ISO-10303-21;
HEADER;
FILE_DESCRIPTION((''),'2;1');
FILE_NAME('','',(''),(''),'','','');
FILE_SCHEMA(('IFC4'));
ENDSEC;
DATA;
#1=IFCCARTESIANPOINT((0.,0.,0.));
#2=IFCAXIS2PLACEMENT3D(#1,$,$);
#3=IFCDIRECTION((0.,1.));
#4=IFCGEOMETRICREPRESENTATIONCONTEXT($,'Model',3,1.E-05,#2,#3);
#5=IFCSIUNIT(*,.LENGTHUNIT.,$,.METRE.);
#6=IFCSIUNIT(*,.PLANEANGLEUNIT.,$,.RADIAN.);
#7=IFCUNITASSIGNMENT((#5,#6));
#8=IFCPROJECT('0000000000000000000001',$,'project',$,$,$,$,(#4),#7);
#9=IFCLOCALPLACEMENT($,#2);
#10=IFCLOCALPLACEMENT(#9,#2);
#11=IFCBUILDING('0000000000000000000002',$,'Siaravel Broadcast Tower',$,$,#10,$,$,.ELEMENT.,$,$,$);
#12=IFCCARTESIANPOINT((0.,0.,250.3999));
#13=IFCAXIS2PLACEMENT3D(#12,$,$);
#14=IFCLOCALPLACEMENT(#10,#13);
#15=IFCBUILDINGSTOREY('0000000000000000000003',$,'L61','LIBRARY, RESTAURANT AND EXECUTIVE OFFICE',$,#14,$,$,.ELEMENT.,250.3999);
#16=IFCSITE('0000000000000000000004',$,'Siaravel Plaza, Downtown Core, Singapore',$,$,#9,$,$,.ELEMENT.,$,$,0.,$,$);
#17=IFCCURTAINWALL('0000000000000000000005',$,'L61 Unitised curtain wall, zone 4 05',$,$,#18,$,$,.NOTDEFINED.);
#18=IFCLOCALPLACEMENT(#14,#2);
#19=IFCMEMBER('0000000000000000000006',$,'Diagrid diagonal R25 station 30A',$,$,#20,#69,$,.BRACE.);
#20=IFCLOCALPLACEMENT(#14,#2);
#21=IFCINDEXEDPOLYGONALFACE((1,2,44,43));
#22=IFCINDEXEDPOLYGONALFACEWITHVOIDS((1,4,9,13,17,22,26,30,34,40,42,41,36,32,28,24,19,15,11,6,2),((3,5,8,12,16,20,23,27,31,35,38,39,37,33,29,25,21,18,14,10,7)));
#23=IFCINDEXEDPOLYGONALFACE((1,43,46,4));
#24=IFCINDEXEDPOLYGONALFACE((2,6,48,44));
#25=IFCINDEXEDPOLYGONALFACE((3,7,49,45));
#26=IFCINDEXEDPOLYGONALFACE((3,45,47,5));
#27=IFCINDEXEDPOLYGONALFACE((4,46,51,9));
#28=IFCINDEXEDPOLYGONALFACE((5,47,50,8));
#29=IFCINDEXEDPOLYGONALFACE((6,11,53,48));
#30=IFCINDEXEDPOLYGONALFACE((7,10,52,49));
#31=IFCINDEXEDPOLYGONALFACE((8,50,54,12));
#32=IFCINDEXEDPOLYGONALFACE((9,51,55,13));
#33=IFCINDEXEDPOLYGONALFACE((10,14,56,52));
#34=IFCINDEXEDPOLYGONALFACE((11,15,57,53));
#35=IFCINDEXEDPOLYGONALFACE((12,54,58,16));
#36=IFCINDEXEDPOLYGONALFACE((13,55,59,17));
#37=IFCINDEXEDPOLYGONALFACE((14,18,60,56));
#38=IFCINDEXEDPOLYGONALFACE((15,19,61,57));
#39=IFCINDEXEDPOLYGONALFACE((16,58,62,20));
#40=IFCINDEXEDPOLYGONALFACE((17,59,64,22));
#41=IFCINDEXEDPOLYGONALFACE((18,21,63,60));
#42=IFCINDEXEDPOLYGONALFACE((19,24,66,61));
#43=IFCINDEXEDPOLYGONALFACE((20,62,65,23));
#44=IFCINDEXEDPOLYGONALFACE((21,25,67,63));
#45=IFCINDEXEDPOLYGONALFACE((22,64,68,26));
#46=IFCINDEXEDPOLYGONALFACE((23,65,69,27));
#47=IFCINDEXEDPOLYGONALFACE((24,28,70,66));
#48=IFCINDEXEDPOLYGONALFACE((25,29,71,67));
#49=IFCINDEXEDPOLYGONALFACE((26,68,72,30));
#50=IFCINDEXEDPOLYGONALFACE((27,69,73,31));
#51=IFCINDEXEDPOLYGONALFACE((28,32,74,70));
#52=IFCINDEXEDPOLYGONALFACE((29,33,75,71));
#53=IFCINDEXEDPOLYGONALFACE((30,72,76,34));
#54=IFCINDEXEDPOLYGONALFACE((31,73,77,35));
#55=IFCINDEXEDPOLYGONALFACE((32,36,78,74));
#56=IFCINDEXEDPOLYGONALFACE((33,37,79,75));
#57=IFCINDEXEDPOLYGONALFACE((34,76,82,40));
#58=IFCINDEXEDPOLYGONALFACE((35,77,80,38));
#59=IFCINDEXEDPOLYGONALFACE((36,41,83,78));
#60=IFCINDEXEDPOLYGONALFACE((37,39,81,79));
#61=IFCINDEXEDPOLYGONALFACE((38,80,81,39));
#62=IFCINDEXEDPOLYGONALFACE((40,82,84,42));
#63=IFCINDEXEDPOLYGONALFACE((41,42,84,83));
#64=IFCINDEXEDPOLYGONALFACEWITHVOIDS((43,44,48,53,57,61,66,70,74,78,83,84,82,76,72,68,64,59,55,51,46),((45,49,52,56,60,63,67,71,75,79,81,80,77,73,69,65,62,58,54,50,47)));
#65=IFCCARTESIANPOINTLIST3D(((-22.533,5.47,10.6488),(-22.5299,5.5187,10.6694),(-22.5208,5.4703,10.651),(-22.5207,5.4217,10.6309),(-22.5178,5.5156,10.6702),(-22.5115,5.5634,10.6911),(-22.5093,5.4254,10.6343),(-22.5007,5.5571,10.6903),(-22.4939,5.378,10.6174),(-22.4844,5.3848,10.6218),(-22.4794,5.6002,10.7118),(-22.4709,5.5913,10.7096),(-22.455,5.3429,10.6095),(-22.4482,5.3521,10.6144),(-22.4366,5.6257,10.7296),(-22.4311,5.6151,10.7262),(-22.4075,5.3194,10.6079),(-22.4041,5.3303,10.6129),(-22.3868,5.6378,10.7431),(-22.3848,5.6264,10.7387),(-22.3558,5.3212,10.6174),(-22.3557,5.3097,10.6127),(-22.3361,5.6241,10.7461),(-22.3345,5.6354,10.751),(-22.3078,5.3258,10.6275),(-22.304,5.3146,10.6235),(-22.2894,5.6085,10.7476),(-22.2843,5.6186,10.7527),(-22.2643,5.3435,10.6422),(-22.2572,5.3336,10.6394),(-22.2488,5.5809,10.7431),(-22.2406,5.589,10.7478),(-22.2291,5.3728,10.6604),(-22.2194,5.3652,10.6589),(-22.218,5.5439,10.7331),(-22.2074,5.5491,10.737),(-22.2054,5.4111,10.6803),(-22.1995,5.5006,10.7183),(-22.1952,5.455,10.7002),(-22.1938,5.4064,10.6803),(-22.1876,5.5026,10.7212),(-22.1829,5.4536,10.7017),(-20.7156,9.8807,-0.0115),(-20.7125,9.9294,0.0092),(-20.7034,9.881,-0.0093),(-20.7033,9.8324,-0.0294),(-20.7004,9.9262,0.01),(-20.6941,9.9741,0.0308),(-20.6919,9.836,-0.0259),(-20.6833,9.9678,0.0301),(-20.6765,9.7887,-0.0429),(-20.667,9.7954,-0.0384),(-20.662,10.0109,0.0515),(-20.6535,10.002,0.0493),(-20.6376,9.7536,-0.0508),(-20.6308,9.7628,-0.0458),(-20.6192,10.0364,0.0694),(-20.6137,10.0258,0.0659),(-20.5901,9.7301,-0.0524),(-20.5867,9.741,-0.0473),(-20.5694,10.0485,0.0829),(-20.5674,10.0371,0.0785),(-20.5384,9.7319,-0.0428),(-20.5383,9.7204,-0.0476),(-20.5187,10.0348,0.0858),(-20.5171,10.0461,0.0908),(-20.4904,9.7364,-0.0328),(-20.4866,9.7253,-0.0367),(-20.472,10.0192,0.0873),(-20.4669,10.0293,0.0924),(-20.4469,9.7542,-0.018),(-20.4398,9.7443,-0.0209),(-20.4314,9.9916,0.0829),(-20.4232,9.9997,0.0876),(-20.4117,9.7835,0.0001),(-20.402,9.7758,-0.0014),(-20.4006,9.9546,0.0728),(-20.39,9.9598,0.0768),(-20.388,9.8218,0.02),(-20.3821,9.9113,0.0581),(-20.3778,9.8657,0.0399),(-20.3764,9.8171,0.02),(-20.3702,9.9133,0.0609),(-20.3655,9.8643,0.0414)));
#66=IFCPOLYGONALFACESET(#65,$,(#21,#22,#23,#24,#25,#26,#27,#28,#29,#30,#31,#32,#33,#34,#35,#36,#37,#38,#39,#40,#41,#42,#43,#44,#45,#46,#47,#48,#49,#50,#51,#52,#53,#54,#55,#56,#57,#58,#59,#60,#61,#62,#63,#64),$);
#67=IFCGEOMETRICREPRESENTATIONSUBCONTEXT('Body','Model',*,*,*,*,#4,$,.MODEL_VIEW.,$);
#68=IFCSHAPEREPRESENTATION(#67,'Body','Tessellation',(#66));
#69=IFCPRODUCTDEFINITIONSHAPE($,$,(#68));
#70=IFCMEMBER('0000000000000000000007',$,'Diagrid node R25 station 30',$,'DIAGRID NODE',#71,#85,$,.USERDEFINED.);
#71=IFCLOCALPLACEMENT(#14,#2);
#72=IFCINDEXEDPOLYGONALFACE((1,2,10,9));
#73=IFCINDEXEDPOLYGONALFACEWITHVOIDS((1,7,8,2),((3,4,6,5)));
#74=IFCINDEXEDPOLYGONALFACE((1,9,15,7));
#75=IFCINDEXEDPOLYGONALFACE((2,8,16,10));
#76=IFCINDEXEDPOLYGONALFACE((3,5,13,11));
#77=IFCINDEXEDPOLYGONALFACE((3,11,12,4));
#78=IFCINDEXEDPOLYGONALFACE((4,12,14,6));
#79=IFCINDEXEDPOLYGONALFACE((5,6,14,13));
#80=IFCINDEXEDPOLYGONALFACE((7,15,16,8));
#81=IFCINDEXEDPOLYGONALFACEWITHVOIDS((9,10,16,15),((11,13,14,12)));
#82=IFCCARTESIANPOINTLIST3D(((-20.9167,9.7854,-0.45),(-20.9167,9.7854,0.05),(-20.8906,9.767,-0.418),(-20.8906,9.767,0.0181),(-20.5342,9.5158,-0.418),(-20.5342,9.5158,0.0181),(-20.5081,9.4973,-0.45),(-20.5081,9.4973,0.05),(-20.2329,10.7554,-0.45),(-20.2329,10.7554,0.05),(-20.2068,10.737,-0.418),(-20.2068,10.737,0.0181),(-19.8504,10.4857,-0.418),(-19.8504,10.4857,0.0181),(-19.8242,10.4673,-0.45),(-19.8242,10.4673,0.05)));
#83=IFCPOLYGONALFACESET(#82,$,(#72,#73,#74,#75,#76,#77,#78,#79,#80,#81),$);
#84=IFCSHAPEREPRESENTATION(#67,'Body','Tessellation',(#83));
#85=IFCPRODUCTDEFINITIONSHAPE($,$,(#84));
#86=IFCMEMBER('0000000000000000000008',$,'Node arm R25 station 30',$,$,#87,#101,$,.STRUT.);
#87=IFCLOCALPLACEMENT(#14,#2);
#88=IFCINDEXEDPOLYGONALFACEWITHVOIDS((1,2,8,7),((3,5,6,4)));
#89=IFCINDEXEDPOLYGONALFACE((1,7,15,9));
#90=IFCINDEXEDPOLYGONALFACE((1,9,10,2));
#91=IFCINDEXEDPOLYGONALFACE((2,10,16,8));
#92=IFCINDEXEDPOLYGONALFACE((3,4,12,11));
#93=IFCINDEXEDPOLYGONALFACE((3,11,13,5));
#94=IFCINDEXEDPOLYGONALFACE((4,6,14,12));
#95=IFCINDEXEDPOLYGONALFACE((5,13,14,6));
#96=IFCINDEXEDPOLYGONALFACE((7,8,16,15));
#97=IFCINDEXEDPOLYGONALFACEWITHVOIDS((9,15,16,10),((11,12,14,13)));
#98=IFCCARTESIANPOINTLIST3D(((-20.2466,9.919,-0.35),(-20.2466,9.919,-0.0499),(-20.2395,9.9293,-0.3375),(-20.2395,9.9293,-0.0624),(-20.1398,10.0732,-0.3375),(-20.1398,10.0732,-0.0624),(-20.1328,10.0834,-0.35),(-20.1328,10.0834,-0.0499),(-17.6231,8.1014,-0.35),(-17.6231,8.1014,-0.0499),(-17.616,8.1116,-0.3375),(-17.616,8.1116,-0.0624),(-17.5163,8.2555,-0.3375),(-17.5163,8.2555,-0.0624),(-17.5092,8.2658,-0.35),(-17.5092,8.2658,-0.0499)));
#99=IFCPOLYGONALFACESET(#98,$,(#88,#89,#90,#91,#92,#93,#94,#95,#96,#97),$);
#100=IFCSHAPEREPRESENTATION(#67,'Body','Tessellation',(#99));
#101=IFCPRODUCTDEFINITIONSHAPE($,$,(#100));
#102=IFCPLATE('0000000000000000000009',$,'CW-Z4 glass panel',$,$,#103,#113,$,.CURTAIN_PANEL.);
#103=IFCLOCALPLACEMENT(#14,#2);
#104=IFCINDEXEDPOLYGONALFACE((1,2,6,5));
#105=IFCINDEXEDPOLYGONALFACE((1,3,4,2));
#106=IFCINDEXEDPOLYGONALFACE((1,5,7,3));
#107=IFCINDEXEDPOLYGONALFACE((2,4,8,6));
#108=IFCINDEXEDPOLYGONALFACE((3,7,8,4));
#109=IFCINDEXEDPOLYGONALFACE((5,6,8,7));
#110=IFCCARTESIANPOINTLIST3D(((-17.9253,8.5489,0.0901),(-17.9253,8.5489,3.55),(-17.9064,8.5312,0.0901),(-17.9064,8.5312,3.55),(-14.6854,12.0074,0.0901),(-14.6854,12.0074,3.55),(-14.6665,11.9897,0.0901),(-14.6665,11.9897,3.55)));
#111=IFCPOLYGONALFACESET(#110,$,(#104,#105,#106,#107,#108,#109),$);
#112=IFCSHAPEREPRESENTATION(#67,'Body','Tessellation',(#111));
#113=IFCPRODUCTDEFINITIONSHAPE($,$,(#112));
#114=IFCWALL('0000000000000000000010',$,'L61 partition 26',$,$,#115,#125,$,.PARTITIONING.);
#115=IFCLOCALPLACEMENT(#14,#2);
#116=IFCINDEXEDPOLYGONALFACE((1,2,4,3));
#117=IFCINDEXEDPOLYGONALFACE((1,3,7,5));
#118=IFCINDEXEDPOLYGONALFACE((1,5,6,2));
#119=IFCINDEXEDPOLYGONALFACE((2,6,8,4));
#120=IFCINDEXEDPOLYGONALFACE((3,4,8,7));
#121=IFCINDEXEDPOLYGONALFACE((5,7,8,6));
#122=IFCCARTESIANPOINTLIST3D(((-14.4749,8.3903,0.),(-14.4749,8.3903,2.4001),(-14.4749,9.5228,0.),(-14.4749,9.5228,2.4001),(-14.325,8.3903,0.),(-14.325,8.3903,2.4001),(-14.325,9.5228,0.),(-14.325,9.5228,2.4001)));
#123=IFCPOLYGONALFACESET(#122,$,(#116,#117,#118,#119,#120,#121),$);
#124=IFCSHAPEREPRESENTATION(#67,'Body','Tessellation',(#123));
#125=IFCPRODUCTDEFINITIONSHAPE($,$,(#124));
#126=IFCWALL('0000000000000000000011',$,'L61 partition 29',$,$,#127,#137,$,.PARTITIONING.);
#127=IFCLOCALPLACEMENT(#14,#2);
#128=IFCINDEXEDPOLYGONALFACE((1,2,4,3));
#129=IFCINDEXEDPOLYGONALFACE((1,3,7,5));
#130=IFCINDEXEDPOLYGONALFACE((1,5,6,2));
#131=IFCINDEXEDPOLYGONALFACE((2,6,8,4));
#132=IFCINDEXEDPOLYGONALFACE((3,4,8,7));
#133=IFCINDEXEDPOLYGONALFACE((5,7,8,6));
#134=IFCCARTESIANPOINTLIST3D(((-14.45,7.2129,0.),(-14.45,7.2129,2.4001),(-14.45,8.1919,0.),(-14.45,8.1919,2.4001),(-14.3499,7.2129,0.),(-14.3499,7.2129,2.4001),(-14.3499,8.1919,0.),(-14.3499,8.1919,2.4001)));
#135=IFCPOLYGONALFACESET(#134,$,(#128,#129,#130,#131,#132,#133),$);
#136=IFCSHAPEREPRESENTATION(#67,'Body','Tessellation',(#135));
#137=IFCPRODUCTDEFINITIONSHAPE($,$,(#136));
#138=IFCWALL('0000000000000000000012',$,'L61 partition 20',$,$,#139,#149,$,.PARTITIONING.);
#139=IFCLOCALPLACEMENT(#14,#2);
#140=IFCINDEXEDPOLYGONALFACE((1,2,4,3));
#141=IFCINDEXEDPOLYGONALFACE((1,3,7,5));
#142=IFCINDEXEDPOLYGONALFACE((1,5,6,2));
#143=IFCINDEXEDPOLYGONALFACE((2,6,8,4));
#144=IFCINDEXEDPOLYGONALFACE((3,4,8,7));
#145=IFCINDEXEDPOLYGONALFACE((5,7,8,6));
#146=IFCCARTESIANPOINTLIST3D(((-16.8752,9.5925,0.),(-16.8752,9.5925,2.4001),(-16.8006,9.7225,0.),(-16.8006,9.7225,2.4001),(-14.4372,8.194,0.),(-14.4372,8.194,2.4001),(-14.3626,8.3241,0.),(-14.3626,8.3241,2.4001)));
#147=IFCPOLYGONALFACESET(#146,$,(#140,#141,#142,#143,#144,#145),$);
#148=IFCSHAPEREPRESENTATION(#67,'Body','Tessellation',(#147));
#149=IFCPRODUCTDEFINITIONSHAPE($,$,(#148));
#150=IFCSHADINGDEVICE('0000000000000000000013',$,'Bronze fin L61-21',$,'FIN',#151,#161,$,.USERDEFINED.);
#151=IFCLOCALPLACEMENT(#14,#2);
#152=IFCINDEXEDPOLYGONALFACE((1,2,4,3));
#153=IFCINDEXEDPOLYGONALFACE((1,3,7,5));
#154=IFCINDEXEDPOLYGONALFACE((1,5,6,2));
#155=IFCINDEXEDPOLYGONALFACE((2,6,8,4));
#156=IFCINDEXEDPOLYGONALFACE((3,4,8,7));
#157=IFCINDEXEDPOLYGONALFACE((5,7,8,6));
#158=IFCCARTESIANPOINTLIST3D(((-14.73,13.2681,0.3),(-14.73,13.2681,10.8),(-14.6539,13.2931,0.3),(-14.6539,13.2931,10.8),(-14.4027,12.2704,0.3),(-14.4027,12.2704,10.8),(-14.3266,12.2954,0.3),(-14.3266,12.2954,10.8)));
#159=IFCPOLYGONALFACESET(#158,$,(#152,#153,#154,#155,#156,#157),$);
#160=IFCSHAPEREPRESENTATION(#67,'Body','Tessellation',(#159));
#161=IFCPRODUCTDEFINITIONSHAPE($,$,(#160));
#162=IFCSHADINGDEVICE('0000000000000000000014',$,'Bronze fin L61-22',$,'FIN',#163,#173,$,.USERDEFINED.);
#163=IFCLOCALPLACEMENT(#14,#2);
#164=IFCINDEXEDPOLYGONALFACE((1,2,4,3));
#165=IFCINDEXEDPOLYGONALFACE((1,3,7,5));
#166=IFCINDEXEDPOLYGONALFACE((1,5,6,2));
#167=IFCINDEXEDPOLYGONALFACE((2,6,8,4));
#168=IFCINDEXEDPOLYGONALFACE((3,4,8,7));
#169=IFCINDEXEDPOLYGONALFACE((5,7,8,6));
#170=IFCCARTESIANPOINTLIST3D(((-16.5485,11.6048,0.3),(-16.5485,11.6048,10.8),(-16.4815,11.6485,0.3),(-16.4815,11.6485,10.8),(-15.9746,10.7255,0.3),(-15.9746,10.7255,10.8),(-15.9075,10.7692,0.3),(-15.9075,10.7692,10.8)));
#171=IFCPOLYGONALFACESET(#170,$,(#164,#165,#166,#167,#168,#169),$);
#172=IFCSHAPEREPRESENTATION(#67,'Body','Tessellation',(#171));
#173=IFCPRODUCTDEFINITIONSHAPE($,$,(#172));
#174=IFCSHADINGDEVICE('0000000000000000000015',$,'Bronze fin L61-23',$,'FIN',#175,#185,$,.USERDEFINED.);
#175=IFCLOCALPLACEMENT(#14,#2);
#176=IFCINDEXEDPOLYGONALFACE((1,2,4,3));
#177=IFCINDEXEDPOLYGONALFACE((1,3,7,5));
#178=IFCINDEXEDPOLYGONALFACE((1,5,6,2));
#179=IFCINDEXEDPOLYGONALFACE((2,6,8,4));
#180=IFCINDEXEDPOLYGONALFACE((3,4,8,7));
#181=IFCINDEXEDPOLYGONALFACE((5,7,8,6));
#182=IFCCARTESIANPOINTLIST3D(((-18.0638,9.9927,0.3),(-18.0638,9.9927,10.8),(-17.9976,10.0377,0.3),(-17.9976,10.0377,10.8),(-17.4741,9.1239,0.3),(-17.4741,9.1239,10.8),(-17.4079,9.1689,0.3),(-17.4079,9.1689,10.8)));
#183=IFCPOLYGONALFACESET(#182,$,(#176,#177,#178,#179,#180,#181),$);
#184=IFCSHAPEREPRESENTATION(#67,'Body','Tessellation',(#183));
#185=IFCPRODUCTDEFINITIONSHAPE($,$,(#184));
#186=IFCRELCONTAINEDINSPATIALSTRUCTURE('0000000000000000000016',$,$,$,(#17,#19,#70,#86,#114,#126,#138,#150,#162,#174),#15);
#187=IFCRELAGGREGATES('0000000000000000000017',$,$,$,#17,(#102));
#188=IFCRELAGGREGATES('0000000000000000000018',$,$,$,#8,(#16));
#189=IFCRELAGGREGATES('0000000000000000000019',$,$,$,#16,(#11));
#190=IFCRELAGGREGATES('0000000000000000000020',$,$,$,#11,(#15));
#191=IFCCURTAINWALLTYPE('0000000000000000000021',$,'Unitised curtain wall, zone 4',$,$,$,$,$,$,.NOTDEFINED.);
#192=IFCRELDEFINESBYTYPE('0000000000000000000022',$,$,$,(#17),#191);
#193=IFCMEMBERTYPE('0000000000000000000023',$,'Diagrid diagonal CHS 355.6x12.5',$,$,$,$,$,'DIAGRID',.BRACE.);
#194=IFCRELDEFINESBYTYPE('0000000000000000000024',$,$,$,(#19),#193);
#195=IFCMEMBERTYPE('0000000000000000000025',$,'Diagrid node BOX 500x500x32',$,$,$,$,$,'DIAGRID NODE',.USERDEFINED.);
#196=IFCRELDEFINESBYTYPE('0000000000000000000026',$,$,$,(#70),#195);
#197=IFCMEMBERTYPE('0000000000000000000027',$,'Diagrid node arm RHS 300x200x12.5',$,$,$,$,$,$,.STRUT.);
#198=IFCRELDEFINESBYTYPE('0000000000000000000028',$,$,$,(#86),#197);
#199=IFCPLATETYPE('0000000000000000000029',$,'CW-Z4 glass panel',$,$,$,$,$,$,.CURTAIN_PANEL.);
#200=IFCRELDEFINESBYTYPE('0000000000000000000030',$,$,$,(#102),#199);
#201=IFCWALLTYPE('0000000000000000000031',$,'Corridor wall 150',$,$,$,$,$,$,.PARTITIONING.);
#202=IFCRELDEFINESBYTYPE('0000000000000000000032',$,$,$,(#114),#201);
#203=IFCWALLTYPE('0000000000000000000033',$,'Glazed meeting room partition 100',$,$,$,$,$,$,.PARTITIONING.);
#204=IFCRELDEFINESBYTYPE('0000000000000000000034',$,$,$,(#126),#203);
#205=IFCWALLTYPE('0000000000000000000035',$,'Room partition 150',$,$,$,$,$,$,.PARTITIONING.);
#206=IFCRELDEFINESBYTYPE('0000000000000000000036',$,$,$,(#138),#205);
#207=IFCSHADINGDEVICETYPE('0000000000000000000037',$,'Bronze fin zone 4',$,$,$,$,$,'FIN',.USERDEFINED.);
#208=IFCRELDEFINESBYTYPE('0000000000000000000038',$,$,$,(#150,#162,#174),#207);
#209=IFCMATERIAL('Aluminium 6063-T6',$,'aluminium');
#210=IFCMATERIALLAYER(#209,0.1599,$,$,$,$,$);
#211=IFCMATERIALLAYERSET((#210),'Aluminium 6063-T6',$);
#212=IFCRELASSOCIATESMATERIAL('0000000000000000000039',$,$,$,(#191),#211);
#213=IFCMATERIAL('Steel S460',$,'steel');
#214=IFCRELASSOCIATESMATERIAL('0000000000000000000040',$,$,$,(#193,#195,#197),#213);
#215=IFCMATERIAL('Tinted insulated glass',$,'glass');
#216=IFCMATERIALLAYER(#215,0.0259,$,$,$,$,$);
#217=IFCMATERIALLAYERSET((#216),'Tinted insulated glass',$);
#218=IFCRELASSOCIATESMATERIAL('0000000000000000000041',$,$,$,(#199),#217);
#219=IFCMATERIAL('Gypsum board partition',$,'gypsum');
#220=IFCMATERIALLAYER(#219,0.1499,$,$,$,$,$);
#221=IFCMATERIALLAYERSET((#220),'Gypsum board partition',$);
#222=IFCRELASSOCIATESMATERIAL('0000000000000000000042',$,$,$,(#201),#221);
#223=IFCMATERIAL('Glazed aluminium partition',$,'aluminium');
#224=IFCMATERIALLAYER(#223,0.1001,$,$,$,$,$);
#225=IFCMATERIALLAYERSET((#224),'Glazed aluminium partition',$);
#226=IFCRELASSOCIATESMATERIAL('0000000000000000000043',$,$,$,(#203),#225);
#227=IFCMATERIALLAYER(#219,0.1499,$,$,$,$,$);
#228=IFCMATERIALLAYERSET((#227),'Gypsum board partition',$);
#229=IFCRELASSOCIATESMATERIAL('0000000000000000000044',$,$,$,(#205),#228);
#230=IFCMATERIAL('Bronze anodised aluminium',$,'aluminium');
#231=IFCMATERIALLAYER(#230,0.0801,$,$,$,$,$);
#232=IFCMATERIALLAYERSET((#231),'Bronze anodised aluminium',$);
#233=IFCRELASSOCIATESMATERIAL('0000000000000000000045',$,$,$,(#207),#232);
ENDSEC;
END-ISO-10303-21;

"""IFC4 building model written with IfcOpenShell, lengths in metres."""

from ifc_helpers import new_model, si_unit, direction, frame, frame_2d, origin, origin_2d, place, context, subcontext, project, spatial, rectangle, hollow_rectangle, hollow_circle, extrude, material, layer, layer_set, material_profile, profile_set, type_object, element, aggregate, save


model = new_model("IFC4")

# Units and contexts
model_context = context("Model", 3, precision=1e-05, world=origin(), true_north=direction((0.0, 1.0)))
body_context = subcontext(model_context, "Body", "Model", "MODEL_VIEW")
ifc_project = project(units=[si_unit("LENGTHUNIT", "METRE"), si_unit("PLANEANGLEUNIT", "RADIAN")], contexts=[model_context])

# Site, building, storey
site_placement = place(None, origin())
site = spatial("IfcSite", under=ifc_project, at=site_placement, Name="Siaravel Plaza, Downtown Core, Singapore", CompositionType="ELEMENT", RefElevation=0.0)
building_placement = place(site_placement, origin())
building = spatial("IfcBuilding", under=site, at=building_placement, Name="Siaravel Broadcast Tower", CompositionType="ELEMENT")
storey_placement = place(building_placement, frame((0.0, 0.0, 250.3999)))
storey = spatial("IfcBuildingStorey", under=building, at=storey_placement, Name="L61", Description="LIBRARY, RESTAURANT AND EXECUTIVE OFFICE", CompositionType="ELEMENT", Elevation=250.3999)

# Curtain wall
ifc_material_1 = material(Name="Aluminium 6063-T6", Category="aluminium")
ifc_layer_1 = layer(ifc_material_1, 0.1599)
ifc_layer_set_1 = layer_set([ifc_layer_1], Name="Aluminium 6063-T6")
curtain_wall_type = type_object("IfcCurtainWallType", Name="Unitised curtain wall, zone 4", PredefinedType="NOTDEFINED", material=ifc_layer_set_1)
curtain_wall_1_placement = place(storey_placement, origin())
curtain_wall_1 = element("IfcCurtainWall", 1, at=curtain_wall_1_placement, inside=storey, type_object=curtain_wall_type, Name="L61 Unitised curtain wall, zone 4 05", PredefinedType="NOTDEFINED")

# Members
ifc_material_2 = material(Name="Steel S460", Category="steel")
ifc_material_profile_1 = material_profile(ifc_material_2, hollow_circle(Radius=0.1777, WallThickness=0.0125, at=origin_2d()))
ifc_profile_set_1 = profile_set([ifc_material_profile_1], Name="Steel S460")
member_type_1 = type_object("IfcMemberType", Name="Diagrid diagonal CHS 355.6x12.5", ElementType="DIAGRID", PredefinedType="BRACE", material=ifc_profile_set_1)
member_1_placement = place(storey_placement, frame((-20.5408, 9.8848, 0.02), z_axis=(-0.155613, -0.377661, 0.912774), x_axis=(0.924587, -0.380971, 0.0)))
element("IfcMember", 2, at=member_1_placement, inside=storey, type_object=member_type_1, Name="Diagrid diagonal R25 station 30A", PredefinedType="BRACE", context=body_context, shape_type="SweptSolid", body=[
    extrude(hollow_circle(Radius=0.1777, WallThickness=0.0125, at=origin_2d()), origin(), (0.0, 0.0, 1.0), 11.679),
])
ifc_material_profile_2 = material_profile(ifc_material_2, hollow_rectangle(XDim=0.5, YDim=0.5, WallThickness=0.032, at=origin_2d()))
ifc_profile_set_2 = profile_set([ifc_material_profile_2], Name="Steel S460")
member_type_2 = type_object("IfcMemberType", Name="Diagrid node BOX 500x500x32", ElementType="DIAGRID NODE", PredefinedType="USERDEFINED", material=ifc_profile_set_2)
member_2_placement = place(storey_placement, frame((-20.0286, 10.6113, -0.2), z_axis=(-0.576207, -0.817304, 0.0), x_axis=(0.817304, -0.576207, 0.0)))
element("IfcMember", 3, at=member_2_placement, inside=storey, type_object=member_type_2, Name="Diagrid node R25 station 30", ObjectType="DIAGRID NODE", PredefinedType="USERDEFINED", context=body_context, shape_type="SweptSolid", body=[
    extrude(hollow_rectangle(XDim=0.5, YDim=0.5, WallThickness=0.032, at=origin_2d()), origin(), (0.0, 0.0, 1.0), 1.1868),
])
ifc_material_profile_3 = material_profile(ifc_material_2, hollow_rectangle(XDim=0.2, YDim=0.3, WallThickness=0.0125, at=origin_2d()))
ifc_profile_set_3 = profile_set([ifc_material_profile_3], Name="Steel S460")
member_type_3 = type_object("IfcMemberType", Name="Diagrid node arm RHS 300x200x12.5", PredefinedType="STRUT", material=ifc_profile_set_3)
member_3_placement = place(storey_placement, frame((-17.5662, 8.1836, -0.2), z_axis=(-0.821997, 0.569492, 0.0), x_axis=(-0.569492, -0.821997, 0.0)))
element("IfcMember", 4, at=member_3_placement, inside=storey, type_object=member_type_3, Name="Node arm R25 station 30", PredefinedType="STRUT", context=body_context, shape_type="SweptSolid", body=[
    extrude(hollow_rectangle(XDim=0.2, YDim=0.3, WallThickness=0.0125, at=origin_2d()), origin(), (0.0, 0.0, 1.0), 3.1917),
])

# Plate
ifc_material_3 = material(Name="Tinted insulated glass", Category="glass")
ifc_layer_2 = layer(ifc_material_3, 0.0259)
ifc_layer_set_2 = layer_set([ifc_layer_2], Name="Tinted insulated glass")
plate_type = type_object("IfcPlateType", Name="CW-Z4 glass panel", PredefinedType="CURTAIN_PANEL", material=ifc_layer_set_2)
plate_placement = place(storey_placement, frame((-16.2959, 10.2693, 0.0901), z_axis=(0.0, 0.0, 1.0), x_axis=(-0.683654, -0.729807, 0.0)))
plate = element("IfcPlate", 5, at=plate_placement, type_object=plate_type, Name="CW-Z4 glass panel", PredefinedType="CURTAIN_PANEL", context=body_context, shape_type="SweptSolid", body=[
    extrude(rectangle(XDim=4.739, YDim=0.0259, at=origin_2d()), origin(), (0.0, 0.0, 1.0), 3.46),
])
aggregate(curtain_wall_1, [plate])

# Walls
ifc_material_4 = material(Name="Gypsum board partition", Category="gypsum")
ifc_layer_3 = layer(ifc_material_4, 0.1499)
ifc_layer_set_3 = layer_set([ifc_layer_3], Name="Gypsum board partition")
wall_type_1 = type_object("IfcWallType", Name="Corridor wall 150", PredefinedType="PARTITIONING", material=ifc_layer_set_3)
wall_1_placement = place(storey_placement, frame((-14.3999, 9.5229, 0.0), z_axis=(0.0, 0.0, 1.0), x_axis=(0.0, -1.0, 0.0)))
element("IfcWall", 6, at=wall_1_placement, inside=storey, type_object=wall_type_1, Name="L61 partition 26", PredefinedType="PARTITIONING", context=body_context, shape_type="SweptSolid", body=[
    extrude(rectangle(XDim=1.1326, YDim=0.1499, at=frame_2d((0.5664, 0.0))), origin(), (0.0, 0.0, 1.0), 2.4001),
])
ifc_material_5 = material(Name="Glazed aluminium partition", Category="aluminium")
ifc_layer_4 = layer(ifc_material_5, 0.1001)
ifc_layer_set_4 = layer_set([ifc_layer_4], Name="Glazed aluminium partition")
wall_type_2 = type_object("IfcWallType", Name="Glazed meeting room partition 100", PredefinedType="PARTITIONING", material=ifc_layer_set_4)
wall_2_placement = place(storey_placement, frame((-14.3999, 8.1919, 0.0), z_axis=(0.0, 0.0, 1.0), x_axis=(0.0, -1.0, 0.0)))
element("IfcWall", 7, at=wall_2_placement, inside=storey, type_object=wall_type_2, Name="L61 partition 29", PredefinedType="PARTITIONING", context=body_context, shape_type="SweptSolid", body=[
    extrude(rectangle(XDim=0.979, YDim=0.1001, at=frame_2d((0.4895, 0.0))), origin(), (0.0, 0.0, 1.0), 2.4001),
])
ifc_layer_5 = layer(ifc_material_4, 0.1499)
ifc_layer_set_5 = layer_set([ifc_layer_5], Name="Gypsum board partition")
wall_type_3 = type_object("IfcWallType", Name="Room partition 150", PredefinedType="PARTITIONING", material=ifc_layer_set_5)
wall_3_placement = place(storey_placement, frame((-16.8379, 9.6575, 0.0), z_axis=(0.0, 0.0, 1.0), x_axis=(0.867429, -0.49756, 0.0)))
element("IfcWall", 8, at=wall_3_placement, inside=storey, type_object=wall_type_3, Name="L61 partition 20", PredefinedType="PARTITIONING", context=body_context, shape_type="SweptSolid", body=[
    extrude(rectangle(XDim=2.8105, YDim=0.1499, at=frame_2d((1.4053, 0.0))), origin(), (0.0, 0.0, 1.0), 2.4001),
])

# Shading devices
ifc_material_6 = material(Name="Bronze anodised aluminium", Category="aluminium")
ifc_layer_6 = layer(ifc_material_6, 0.0801)
ifc_layer_set_6 = layer_set([ifc_layer_6], Name="Bronze anodised aluminium")
shading_device_type = type_object("IfcShadingDeviceType", Name="Bronze fin zone 4", ElementType="FIN", PredefinedType="USERDEFINED", material=ifc_layer_set_6)
for number, where, z_axis, x_axis, name in (
    (9, (-14.5283, 12.7817, 0.3), (0.0, 0.0, 1.0), (-0.311713, 0.950176, 0.0), "Bronze fin L61-21"),
    (10, (-16.228, 11.187, 0.3), (0.0, 0.0, 1.0), (-0.546609, 0.837388, 0.0), "Bronze fin L61-22"),
    (11, (-17.7358, 9.5808, 0.3), (0.0, 0.0, 1.0), (-0.561614, 0.827399, 0.0), "Bronze fin L61-23"),
):
    element("IfcShadingDevice", number, at=place(storey_placement, frame(where, z_axis=z_axis, x_axis=x_axis)), inside=storey, type_object=shading_device_type, Name=name, ObjectType="FIN", PredefinedType="USERDEFINED", context=body_context, shape_type="SweptSolid", body=[
        extrude(rectangle(XDim=1.05, YDim=0.0801, at=origin_2d()), origin(), (0.0, 0.0, 1.0), 10.5),
    ])

save(model, "model.ifc")
